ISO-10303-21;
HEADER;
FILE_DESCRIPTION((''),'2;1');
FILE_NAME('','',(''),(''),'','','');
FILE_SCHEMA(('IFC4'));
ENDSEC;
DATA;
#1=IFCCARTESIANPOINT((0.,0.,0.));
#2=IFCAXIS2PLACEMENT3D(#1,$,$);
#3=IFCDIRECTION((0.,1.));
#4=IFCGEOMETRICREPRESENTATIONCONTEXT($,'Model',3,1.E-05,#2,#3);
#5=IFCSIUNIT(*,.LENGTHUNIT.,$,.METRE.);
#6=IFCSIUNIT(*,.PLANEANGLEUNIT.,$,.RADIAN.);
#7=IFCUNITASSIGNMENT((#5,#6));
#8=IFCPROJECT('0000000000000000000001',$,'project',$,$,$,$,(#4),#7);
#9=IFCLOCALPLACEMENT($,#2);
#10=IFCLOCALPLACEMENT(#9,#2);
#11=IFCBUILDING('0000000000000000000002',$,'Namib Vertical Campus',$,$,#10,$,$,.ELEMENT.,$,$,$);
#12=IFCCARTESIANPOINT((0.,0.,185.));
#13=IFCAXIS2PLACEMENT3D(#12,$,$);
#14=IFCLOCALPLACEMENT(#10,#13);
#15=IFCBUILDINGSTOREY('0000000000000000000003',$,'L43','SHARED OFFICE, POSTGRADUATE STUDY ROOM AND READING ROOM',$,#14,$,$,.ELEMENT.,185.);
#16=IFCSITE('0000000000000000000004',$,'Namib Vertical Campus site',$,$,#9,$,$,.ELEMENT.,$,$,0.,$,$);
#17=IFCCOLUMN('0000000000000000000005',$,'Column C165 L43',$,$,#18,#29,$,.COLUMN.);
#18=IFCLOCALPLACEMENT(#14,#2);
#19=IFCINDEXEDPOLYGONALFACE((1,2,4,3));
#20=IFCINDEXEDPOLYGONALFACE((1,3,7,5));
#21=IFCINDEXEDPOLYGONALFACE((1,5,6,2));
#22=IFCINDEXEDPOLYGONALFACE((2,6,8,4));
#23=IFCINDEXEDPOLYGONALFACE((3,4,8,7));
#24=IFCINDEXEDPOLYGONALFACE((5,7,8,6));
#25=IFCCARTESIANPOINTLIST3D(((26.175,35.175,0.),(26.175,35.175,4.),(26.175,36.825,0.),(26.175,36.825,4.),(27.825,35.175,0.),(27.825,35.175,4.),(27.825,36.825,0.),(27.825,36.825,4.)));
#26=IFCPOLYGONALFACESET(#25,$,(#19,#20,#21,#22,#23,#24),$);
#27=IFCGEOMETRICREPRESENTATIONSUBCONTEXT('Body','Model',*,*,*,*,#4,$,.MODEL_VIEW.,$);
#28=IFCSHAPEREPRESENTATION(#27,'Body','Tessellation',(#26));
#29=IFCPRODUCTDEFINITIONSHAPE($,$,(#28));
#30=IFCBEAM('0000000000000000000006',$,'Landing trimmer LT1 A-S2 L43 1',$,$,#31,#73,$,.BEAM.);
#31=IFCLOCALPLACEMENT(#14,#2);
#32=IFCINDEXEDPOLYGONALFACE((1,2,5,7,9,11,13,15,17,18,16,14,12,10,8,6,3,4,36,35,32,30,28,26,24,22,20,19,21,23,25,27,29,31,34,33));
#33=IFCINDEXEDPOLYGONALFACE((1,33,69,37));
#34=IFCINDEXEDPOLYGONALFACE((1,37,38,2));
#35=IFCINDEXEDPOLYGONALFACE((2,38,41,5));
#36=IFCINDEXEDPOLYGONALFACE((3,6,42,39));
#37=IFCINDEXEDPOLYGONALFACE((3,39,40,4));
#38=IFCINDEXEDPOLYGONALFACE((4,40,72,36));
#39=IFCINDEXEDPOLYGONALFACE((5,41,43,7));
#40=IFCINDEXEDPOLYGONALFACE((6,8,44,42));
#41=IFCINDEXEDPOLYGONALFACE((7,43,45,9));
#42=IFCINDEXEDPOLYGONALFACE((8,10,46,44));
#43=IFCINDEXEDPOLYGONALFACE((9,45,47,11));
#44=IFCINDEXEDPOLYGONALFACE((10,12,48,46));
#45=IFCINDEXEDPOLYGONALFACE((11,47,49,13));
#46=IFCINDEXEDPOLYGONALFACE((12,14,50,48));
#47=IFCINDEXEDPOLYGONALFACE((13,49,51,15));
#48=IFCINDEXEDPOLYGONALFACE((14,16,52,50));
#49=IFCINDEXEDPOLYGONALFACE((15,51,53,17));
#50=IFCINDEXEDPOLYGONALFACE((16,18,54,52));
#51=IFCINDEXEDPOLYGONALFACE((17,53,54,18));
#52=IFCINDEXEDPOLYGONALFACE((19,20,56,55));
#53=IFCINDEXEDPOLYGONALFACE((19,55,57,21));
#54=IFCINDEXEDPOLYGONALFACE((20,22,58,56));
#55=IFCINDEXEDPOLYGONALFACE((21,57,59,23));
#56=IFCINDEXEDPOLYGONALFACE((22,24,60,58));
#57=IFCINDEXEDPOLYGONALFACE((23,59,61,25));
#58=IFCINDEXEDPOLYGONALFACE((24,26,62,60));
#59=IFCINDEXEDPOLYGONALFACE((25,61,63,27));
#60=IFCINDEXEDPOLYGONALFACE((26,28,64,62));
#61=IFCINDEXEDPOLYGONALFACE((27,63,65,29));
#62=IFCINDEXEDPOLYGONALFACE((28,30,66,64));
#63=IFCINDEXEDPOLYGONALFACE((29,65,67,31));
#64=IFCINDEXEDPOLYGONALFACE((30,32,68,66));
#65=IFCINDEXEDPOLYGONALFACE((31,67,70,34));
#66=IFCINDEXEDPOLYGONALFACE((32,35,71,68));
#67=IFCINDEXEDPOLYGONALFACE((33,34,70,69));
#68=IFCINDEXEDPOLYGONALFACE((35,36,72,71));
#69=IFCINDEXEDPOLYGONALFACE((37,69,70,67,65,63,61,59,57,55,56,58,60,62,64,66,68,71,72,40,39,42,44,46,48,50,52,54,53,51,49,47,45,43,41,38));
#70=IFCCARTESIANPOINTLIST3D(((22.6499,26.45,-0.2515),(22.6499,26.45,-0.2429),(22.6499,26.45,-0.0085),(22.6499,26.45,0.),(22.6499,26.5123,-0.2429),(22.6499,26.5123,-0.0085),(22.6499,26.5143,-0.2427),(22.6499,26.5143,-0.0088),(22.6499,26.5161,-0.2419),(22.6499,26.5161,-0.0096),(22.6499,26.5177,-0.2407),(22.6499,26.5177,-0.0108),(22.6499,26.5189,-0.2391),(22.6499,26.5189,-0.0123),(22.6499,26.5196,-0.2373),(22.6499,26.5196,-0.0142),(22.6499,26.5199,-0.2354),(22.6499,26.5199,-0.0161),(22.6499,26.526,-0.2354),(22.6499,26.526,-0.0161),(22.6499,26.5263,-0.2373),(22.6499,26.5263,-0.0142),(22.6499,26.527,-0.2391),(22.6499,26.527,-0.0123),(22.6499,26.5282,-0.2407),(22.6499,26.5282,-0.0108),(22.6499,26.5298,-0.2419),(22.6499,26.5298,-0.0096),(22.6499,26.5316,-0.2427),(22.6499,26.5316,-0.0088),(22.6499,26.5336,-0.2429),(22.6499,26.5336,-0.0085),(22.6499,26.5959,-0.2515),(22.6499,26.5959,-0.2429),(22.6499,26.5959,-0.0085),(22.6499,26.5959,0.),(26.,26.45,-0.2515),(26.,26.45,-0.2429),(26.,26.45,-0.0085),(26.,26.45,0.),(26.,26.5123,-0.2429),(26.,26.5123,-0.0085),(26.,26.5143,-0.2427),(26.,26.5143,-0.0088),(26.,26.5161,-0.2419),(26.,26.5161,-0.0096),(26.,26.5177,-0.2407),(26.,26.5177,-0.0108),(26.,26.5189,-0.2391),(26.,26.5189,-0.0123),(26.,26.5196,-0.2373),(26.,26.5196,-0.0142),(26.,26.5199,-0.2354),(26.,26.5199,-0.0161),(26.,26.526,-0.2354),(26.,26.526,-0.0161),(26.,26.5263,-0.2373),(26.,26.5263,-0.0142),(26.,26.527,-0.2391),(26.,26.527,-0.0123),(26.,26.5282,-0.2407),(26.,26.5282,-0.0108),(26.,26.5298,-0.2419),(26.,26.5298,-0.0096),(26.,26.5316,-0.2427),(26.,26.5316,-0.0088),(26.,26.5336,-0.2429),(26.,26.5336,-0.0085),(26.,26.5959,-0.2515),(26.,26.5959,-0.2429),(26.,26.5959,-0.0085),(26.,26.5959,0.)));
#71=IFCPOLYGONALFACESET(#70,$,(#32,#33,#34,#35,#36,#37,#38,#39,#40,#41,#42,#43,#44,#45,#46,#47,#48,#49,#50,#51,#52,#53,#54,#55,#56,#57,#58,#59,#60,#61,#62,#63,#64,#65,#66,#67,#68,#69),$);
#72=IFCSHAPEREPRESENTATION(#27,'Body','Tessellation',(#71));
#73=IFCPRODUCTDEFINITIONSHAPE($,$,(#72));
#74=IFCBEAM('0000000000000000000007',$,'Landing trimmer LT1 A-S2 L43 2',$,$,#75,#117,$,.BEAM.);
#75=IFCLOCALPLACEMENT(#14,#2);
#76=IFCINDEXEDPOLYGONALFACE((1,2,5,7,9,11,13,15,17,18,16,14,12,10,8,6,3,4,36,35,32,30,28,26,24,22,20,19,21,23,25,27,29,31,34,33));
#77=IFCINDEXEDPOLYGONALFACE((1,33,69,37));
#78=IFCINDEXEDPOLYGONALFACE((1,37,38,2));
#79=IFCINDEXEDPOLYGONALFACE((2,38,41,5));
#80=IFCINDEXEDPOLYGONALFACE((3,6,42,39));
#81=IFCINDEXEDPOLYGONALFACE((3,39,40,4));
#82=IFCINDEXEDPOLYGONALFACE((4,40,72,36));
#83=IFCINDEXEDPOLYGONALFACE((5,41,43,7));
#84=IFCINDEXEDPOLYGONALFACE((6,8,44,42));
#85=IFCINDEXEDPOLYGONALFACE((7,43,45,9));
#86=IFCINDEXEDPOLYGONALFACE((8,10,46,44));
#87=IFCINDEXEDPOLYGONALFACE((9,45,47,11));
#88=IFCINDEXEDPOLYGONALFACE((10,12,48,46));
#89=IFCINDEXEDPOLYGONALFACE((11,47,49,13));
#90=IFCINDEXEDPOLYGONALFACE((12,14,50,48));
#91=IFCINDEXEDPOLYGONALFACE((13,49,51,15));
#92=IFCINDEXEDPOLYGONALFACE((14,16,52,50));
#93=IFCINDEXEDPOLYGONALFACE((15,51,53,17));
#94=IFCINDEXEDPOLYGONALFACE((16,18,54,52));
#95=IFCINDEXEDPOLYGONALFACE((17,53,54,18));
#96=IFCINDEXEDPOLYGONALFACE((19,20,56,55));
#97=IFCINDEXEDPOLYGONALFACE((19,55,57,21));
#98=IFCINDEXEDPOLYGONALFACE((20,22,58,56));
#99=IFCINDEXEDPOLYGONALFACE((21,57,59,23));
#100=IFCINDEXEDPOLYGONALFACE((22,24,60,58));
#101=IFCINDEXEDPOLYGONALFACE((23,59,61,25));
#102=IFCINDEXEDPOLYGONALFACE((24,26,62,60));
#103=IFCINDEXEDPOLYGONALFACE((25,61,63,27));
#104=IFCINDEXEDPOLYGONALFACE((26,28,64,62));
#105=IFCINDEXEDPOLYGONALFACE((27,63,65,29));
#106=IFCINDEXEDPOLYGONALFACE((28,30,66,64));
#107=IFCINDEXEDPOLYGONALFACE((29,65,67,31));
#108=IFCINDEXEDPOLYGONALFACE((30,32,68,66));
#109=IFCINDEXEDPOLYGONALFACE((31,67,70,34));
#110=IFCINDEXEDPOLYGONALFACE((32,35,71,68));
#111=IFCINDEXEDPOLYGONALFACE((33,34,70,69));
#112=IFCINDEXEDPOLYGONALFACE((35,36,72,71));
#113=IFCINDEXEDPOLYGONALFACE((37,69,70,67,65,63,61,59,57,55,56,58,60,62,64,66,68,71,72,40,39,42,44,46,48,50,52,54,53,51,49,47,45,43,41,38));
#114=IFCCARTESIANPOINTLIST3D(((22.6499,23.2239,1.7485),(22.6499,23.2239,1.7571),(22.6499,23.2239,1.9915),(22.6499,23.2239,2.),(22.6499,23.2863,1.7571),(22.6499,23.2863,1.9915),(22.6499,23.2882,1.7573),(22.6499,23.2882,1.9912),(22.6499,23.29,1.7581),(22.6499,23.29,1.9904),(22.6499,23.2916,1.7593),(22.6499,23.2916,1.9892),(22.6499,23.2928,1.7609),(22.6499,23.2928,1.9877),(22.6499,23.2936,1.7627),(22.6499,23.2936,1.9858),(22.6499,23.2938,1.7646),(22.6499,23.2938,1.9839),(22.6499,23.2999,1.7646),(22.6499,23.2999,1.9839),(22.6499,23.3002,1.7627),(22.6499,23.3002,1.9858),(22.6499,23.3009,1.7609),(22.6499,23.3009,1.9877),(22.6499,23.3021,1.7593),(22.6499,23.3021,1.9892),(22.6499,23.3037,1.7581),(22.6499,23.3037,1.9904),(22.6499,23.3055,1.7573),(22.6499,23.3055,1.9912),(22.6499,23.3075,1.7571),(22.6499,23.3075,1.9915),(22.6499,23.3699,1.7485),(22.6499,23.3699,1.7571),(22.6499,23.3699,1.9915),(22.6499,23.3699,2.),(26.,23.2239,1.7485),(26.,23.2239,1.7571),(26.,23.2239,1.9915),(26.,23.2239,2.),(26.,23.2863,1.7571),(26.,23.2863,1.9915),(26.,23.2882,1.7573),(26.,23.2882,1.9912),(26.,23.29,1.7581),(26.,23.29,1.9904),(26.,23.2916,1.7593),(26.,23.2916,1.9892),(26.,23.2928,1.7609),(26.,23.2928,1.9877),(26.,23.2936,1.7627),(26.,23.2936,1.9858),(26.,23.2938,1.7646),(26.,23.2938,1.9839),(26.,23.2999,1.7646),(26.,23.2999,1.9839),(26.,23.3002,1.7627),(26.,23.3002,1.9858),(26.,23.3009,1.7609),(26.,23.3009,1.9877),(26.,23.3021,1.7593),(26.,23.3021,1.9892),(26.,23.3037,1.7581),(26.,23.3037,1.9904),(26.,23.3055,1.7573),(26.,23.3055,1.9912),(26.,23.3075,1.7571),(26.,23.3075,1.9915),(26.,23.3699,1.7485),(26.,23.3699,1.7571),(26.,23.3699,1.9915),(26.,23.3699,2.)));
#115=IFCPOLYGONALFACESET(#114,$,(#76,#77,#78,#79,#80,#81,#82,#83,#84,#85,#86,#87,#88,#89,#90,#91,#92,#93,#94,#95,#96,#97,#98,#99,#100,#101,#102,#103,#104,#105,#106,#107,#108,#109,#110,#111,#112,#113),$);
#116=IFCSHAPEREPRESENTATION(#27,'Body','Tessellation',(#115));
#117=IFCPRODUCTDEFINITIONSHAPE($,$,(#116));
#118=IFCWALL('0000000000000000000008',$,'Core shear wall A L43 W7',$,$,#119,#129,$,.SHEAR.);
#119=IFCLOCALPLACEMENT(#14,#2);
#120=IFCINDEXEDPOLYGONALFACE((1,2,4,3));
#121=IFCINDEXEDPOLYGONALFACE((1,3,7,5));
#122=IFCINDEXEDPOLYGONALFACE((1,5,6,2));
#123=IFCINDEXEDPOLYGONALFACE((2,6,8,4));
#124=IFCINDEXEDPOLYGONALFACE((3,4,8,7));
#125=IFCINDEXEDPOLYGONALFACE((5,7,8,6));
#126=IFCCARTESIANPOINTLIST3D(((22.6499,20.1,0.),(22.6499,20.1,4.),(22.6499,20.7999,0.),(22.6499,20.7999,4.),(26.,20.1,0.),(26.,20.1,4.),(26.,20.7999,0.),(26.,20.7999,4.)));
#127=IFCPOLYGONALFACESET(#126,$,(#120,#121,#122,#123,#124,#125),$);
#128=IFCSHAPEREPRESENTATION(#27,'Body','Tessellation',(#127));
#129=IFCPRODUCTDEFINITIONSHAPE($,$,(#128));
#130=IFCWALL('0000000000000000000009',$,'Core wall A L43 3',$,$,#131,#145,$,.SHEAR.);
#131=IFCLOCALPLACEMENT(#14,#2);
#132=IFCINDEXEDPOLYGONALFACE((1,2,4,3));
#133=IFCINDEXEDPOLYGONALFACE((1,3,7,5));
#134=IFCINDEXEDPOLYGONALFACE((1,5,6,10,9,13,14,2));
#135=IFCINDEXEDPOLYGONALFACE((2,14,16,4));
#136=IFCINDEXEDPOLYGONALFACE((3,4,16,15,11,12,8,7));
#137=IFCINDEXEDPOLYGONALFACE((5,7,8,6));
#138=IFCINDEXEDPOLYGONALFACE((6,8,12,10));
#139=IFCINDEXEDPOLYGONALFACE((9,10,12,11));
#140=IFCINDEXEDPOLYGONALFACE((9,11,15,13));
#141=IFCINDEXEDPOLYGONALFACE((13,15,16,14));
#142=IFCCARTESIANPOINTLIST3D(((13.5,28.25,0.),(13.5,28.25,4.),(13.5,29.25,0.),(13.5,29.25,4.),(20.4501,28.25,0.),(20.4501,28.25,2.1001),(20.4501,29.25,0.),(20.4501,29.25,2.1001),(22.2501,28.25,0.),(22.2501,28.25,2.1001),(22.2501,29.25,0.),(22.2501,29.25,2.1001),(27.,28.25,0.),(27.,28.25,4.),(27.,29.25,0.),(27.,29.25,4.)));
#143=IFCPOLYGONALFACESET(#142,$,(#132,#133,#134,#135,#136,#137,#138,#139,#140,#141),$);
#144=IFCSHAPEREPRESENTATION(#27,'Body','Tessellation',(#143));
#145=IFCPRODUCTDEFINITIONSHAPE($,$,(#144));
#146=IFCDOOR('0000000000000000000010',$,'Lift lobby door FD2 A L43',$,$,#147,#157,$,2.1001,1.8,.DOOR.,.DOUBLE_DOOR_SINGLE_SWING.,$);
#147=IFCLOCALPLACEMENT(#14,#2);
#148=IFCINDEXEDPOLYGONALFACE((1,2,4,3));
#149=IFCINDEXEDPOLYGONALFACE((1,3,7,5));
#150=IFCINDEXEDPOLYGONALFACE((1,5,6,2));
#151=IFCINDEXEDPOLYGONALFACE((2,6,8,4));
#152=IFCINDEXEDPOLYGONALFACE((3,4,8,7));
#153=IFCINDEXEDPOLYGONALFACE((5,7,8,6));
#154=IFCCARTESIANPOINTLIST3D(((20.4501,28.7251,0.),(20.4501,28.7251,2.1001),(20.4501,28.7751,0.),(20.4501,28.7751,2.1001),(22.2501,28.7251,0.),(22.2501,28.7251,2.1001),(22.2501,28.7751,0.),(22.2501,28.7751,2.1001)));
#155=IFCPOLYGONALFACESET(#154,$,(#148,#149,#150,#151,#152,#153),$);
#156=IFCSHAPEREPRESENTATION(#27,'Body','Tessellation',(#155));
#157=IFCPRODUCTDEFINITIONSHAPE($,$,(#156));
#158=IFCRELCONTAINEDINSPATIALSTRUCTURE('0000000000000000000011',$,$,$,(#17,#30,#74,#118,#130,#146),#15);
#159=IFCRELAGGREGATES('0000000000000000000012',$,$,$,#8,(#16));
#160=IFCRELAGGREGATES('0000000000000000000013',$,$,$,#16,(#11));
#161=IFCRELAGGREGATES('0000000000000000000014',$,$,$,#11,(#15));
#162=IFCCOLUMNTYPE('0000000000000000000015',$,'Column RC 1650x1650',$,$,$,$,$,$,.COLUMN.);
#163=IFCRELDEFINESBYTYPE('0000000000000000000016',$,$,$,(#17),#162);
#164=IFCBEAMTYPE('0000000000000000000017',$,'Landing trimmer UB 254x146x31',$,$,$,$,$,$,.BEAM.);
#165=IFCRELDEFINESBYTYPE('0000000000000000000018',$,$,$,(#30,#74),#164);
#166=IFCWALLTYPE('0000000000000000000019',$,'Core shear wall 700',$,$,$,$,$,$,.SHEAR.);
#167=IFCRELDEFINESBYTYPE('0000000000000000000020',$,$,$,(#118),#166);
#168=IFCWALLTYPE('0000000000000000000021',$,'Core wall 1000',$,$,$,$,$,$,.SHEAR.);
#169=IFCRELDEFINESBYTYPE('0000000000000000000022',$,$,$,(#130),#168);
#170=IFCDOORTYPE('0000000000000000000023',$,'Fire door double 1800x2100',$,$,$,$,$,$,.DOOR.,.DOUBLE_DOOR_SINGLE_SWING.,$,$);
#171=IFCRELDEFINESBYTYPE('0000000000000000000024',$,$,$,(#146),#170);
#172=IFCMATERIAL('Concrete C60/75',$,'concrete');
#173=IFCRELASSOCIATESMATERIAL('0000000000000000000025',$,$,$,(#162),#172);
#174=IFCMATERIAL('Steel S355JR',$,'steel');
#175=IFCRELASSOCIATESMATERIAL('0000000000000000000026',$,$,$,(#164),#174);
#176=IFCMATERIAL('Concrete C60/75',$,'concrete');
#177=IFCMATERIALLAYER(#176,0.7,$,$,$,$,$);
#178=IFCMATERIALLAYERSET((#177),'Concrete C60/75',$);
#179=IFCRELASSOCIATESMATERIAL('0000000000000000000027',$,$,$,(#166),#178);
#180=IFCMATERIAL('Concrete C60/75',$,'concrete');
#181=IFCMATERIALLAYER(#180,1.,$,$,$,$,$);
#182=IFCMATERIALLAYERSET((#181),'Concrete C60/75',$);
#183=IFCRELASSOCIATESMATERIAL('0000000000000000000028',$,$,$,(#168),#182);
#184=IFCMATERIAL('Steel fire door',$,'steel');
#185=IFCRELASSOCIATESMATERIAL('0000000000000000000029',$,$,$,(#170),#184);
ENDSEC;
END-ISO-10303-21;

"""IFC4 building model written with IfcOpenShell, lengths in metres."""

from ifc_helpers import new_model, si_unit, direction, frame, frame_2d, origin, origin_2d, place, context, subcontext, project, spatial, rectangle, i_section, extrude, material, layer, layer_set, material_profile, profile_set, type_object, element, fill, save


model = new_model("IFC4")

# Units and contexts
model_context = context("Model", 3, precision=1e-05, world=origin(), true_north=direction((0.0, 1.0)))
body_context = subcontext(model_context, "Body", "Model", "MODEL_VIEW")
ifc_project = project(units=[si_unit("LENGTHUNIT", "METRE"), si_unit("PLANEANGLEUNIT", "RADIAN")], contexts=[model_context])

# Site, building, storey
site_placement = place(None, origin())
site = spatial("IfcSite", under=ifc_project, at=site_placement, Name="Namib Vertical Campus site", CompositionType="ELEMENT", RefElevation=0.0)
building_placement = place(site_placement, origin())
building = spatial("IfcBuilding", under=site, at=building_placement, Name="Namib Vertical Campus", CompositionType="ELEMENT")
storey_placement = place(building_placement, frame((0.0, 0.0, 185.0)))
storey = spatial("IfcBuildingStorey", under=building, at=storey_placement, Name="L43", Description="SHARED OFFICE, POSTGRADUATE STUDY ROOM AND READING ROOM", CompositionType="ELEMENT", Elevation=185.0)

# Column
ifc_material_1 = material(Name="Concrete C60/75", Category="concrete")
ifc_material_profile_1 = material_profile(ifc_material_1, rectangle(XDim=1.6499, YDim=1.6499, at=origin_2d()))
ifc_profile_set_1 = profile_set([ifc_material_profile_1], Name="Concrete C60/75")
column_type = type_object("IfcColumnType", Name="Column RC 1650x1650", PredefinedType="COLUMN", material=ifc_profile_set_1)
column_placement = place(storey_placement, frame((27.0, 36.0, 0.0), z_axis=(0.0, 0.0, 1.0), x_axis=(1.0, 0.0, 0.0)))
element("IfcColumn", 1, at=column_placement, inside=storey, type_object=column_type, Name="Column C165 L43", PredefinedType="COLUMN", context=body_context, shape_type="SweptSolid", body=[
    extrude(rectangle(XDim=1.6499, YDim=1.6499, at=origin_2d()), origin(), (0.0, 0.0, 1.0), 4.0),
])

# Beams
ifc_material_2 = material(Name="Steel S355JR", Category="steel")
ifc_material_profile_2 = material_profile(ifc_material_2, i_section(OverallWidth=0.146, OverallDepth=0.2515, WebThickness=0.0061, FlangeThickness=0.0085, FilletRadius=0.0076, at=origin_2d()))
ifc_profile_set_2 = profile_set([ifc_material_profile_2], Name="Steel S355JR")
beam_type = type_object("IfcBeamType", Name="Landing trimmer UB 254x146x31", PredefinedType="BEAM", material=ifc_profile_set_2)
for number, where, z_axis, x_axis, name in (
    (2, (22.6499, 26.5229, -0.1257), (1.0, 0.0, 0.0), (0.0, 1.0, 0.0), "Landing trimmer LT1 A-S2 L43 1"),
    (3, (22.6499, 23.2969, 1.8743), (1.0, 0.0, 0.0), (0.0, 1.0, 0.0), "Landing trimmer LT1 A-S2 L43 2"),
):
    element("IfcBeam", number, at=place(storey_placement, frame(where, z_axis=z_axis, x_axis=x_axis)), inside=storey, type_object=beam_type, Name=name, PredefinedType="BEAM", context=body_context, shape_type="SweptSolid", body=[
        extrude(i_section(OverallWidth=0.146, OverallDepth=0.2515, WebThickness=0.0061, FlangeThickness=0.0085, FilletRadius=0.0076, at=origin_2d()), origin(), (0.0, 0.0, 1.0), 3.3501),
    ])

# Wall
ifc_material_3 = material(Name="Concrete C60/75", Category="concrete")
ifc_layer_1 = layer(ifc_material_3, 0.7)
ifc_layer_set_1 = layer_set([ifc_layer_1], Name="Concrete C60/75")
wall_type_1 = type_object("IfcWallType", Name="Core shear wall 700", PredefinedType="SHEAR", material=ifc_layer_set_1)
wall_1_placement = place(storey_placement, frame((22.6499, 20.45, 0.0), z_axis=(0.0, 0.0, 1.0), x_axis=(1.0, 0.0, 0.0)))
element("IfcWall", 4, at=wall_1_placement, inside=storey, type_object=wall_type_1, Name="Core shear wall A L43 W7", PredefinedType="SHEAR", context=body_context, shape_type="SweptSolid", body=[
    extrude(rectangle(XDim=3.3501, YDim=0.7, at=frame_2d((1.675, 0.0))), origin(), (0.0, 0.0, 1.0), 4.0),
])

# Wall, opening, door
ifc_material_4 = material(Name="Concrete C60/75", Category="concrete")
ifc_layer_2 = layer(ifc_material_4, 1.0)
ifc_layer_set_2 = layer_set([ifc_layer_2], Name="Concrete C60/75")
wall_type_2 = type_object("IfcWallType", Name="Core wall 1000", PredefinedType="SHEAR", material=ifc_layer_set_2)
wall_2_placement = place(storey_placement, frame((27.0, 28.75, 0.0), z_axis=(0.0, 0.0, 1.0), x_axis=(-1.0, 0.0, 0.0)))
wall_2 = element("IfcWall", 5, at=wall_2_placement, inside=storey, type_object=wall_type_2, Name="Core wall A L43 3", PredefinedType="SHEAR", context=body_context, shape_type="SweptSolid", body=[
    extrude(rectangle(XDim=13.5, YDim=1.0, at=frame_2d((6.75, 0.0))), origin(), (0.0, 0.0, 1.0), 4.0),
])
opening_1_placement = place(wall_2_placement, frame((4.75, 0.0, 0.0)))
opening_1 = element("IfcOpeningElement", 6, at=opening_1_placement, cuts=wall_2, PredefinedType="OPENING", context=body_context, shape_type="SweptSolid", body=[
    extrude(rectangle(XDim=1.8, YDim=2.1001, at=frame_2d((0.8999, 1.05))), frame((0.0, 0.51, 0.0), z_axis=(0.0, -1.0, 0.0), x_axis=(1.0, 0.0, 0.0)), (0.0, 0.0, 1.0), 1.02),
])
ifc_material_5 = material(Name="Steel fire door", Category="steel")
door_type_1 = type_object("IfcDoorType", Name="Fire door double 1800x2100", OperationType="DOUBLE_DOOR_SINGLE_SWING", PredefinedType="DOOR", material=ifc_material_5)
door_1_placement = place(opening_1_placement, origin())
door_1 = element("IfcDoor", 7, at=door_1_placement, inside=storey, type_object=door_type_1, Name="Lift lobby door FD2 A L43", OperationType="DOUBLE_DOOR_SINGLE_SWING", OverallHeight=2.1001, OverallWidth=1.8, PredefinedType="DOOR", context=body_context, shape_type="SweptSolid", body=[
    extrude(rectangle(XDim=1.8, YDim=2.1001, at=frame_2d((0.8999, 1.05))), frame((0.0, 0.0249, 0.0), z_axis=(0.0, -1.0, 0.0), x_axis=(1.0, 0.0, 0.0)), (0.0, 0.0, 1.0), 0.05),
])
fill(opening_1, door_1)

save(model, "model.ifc")
